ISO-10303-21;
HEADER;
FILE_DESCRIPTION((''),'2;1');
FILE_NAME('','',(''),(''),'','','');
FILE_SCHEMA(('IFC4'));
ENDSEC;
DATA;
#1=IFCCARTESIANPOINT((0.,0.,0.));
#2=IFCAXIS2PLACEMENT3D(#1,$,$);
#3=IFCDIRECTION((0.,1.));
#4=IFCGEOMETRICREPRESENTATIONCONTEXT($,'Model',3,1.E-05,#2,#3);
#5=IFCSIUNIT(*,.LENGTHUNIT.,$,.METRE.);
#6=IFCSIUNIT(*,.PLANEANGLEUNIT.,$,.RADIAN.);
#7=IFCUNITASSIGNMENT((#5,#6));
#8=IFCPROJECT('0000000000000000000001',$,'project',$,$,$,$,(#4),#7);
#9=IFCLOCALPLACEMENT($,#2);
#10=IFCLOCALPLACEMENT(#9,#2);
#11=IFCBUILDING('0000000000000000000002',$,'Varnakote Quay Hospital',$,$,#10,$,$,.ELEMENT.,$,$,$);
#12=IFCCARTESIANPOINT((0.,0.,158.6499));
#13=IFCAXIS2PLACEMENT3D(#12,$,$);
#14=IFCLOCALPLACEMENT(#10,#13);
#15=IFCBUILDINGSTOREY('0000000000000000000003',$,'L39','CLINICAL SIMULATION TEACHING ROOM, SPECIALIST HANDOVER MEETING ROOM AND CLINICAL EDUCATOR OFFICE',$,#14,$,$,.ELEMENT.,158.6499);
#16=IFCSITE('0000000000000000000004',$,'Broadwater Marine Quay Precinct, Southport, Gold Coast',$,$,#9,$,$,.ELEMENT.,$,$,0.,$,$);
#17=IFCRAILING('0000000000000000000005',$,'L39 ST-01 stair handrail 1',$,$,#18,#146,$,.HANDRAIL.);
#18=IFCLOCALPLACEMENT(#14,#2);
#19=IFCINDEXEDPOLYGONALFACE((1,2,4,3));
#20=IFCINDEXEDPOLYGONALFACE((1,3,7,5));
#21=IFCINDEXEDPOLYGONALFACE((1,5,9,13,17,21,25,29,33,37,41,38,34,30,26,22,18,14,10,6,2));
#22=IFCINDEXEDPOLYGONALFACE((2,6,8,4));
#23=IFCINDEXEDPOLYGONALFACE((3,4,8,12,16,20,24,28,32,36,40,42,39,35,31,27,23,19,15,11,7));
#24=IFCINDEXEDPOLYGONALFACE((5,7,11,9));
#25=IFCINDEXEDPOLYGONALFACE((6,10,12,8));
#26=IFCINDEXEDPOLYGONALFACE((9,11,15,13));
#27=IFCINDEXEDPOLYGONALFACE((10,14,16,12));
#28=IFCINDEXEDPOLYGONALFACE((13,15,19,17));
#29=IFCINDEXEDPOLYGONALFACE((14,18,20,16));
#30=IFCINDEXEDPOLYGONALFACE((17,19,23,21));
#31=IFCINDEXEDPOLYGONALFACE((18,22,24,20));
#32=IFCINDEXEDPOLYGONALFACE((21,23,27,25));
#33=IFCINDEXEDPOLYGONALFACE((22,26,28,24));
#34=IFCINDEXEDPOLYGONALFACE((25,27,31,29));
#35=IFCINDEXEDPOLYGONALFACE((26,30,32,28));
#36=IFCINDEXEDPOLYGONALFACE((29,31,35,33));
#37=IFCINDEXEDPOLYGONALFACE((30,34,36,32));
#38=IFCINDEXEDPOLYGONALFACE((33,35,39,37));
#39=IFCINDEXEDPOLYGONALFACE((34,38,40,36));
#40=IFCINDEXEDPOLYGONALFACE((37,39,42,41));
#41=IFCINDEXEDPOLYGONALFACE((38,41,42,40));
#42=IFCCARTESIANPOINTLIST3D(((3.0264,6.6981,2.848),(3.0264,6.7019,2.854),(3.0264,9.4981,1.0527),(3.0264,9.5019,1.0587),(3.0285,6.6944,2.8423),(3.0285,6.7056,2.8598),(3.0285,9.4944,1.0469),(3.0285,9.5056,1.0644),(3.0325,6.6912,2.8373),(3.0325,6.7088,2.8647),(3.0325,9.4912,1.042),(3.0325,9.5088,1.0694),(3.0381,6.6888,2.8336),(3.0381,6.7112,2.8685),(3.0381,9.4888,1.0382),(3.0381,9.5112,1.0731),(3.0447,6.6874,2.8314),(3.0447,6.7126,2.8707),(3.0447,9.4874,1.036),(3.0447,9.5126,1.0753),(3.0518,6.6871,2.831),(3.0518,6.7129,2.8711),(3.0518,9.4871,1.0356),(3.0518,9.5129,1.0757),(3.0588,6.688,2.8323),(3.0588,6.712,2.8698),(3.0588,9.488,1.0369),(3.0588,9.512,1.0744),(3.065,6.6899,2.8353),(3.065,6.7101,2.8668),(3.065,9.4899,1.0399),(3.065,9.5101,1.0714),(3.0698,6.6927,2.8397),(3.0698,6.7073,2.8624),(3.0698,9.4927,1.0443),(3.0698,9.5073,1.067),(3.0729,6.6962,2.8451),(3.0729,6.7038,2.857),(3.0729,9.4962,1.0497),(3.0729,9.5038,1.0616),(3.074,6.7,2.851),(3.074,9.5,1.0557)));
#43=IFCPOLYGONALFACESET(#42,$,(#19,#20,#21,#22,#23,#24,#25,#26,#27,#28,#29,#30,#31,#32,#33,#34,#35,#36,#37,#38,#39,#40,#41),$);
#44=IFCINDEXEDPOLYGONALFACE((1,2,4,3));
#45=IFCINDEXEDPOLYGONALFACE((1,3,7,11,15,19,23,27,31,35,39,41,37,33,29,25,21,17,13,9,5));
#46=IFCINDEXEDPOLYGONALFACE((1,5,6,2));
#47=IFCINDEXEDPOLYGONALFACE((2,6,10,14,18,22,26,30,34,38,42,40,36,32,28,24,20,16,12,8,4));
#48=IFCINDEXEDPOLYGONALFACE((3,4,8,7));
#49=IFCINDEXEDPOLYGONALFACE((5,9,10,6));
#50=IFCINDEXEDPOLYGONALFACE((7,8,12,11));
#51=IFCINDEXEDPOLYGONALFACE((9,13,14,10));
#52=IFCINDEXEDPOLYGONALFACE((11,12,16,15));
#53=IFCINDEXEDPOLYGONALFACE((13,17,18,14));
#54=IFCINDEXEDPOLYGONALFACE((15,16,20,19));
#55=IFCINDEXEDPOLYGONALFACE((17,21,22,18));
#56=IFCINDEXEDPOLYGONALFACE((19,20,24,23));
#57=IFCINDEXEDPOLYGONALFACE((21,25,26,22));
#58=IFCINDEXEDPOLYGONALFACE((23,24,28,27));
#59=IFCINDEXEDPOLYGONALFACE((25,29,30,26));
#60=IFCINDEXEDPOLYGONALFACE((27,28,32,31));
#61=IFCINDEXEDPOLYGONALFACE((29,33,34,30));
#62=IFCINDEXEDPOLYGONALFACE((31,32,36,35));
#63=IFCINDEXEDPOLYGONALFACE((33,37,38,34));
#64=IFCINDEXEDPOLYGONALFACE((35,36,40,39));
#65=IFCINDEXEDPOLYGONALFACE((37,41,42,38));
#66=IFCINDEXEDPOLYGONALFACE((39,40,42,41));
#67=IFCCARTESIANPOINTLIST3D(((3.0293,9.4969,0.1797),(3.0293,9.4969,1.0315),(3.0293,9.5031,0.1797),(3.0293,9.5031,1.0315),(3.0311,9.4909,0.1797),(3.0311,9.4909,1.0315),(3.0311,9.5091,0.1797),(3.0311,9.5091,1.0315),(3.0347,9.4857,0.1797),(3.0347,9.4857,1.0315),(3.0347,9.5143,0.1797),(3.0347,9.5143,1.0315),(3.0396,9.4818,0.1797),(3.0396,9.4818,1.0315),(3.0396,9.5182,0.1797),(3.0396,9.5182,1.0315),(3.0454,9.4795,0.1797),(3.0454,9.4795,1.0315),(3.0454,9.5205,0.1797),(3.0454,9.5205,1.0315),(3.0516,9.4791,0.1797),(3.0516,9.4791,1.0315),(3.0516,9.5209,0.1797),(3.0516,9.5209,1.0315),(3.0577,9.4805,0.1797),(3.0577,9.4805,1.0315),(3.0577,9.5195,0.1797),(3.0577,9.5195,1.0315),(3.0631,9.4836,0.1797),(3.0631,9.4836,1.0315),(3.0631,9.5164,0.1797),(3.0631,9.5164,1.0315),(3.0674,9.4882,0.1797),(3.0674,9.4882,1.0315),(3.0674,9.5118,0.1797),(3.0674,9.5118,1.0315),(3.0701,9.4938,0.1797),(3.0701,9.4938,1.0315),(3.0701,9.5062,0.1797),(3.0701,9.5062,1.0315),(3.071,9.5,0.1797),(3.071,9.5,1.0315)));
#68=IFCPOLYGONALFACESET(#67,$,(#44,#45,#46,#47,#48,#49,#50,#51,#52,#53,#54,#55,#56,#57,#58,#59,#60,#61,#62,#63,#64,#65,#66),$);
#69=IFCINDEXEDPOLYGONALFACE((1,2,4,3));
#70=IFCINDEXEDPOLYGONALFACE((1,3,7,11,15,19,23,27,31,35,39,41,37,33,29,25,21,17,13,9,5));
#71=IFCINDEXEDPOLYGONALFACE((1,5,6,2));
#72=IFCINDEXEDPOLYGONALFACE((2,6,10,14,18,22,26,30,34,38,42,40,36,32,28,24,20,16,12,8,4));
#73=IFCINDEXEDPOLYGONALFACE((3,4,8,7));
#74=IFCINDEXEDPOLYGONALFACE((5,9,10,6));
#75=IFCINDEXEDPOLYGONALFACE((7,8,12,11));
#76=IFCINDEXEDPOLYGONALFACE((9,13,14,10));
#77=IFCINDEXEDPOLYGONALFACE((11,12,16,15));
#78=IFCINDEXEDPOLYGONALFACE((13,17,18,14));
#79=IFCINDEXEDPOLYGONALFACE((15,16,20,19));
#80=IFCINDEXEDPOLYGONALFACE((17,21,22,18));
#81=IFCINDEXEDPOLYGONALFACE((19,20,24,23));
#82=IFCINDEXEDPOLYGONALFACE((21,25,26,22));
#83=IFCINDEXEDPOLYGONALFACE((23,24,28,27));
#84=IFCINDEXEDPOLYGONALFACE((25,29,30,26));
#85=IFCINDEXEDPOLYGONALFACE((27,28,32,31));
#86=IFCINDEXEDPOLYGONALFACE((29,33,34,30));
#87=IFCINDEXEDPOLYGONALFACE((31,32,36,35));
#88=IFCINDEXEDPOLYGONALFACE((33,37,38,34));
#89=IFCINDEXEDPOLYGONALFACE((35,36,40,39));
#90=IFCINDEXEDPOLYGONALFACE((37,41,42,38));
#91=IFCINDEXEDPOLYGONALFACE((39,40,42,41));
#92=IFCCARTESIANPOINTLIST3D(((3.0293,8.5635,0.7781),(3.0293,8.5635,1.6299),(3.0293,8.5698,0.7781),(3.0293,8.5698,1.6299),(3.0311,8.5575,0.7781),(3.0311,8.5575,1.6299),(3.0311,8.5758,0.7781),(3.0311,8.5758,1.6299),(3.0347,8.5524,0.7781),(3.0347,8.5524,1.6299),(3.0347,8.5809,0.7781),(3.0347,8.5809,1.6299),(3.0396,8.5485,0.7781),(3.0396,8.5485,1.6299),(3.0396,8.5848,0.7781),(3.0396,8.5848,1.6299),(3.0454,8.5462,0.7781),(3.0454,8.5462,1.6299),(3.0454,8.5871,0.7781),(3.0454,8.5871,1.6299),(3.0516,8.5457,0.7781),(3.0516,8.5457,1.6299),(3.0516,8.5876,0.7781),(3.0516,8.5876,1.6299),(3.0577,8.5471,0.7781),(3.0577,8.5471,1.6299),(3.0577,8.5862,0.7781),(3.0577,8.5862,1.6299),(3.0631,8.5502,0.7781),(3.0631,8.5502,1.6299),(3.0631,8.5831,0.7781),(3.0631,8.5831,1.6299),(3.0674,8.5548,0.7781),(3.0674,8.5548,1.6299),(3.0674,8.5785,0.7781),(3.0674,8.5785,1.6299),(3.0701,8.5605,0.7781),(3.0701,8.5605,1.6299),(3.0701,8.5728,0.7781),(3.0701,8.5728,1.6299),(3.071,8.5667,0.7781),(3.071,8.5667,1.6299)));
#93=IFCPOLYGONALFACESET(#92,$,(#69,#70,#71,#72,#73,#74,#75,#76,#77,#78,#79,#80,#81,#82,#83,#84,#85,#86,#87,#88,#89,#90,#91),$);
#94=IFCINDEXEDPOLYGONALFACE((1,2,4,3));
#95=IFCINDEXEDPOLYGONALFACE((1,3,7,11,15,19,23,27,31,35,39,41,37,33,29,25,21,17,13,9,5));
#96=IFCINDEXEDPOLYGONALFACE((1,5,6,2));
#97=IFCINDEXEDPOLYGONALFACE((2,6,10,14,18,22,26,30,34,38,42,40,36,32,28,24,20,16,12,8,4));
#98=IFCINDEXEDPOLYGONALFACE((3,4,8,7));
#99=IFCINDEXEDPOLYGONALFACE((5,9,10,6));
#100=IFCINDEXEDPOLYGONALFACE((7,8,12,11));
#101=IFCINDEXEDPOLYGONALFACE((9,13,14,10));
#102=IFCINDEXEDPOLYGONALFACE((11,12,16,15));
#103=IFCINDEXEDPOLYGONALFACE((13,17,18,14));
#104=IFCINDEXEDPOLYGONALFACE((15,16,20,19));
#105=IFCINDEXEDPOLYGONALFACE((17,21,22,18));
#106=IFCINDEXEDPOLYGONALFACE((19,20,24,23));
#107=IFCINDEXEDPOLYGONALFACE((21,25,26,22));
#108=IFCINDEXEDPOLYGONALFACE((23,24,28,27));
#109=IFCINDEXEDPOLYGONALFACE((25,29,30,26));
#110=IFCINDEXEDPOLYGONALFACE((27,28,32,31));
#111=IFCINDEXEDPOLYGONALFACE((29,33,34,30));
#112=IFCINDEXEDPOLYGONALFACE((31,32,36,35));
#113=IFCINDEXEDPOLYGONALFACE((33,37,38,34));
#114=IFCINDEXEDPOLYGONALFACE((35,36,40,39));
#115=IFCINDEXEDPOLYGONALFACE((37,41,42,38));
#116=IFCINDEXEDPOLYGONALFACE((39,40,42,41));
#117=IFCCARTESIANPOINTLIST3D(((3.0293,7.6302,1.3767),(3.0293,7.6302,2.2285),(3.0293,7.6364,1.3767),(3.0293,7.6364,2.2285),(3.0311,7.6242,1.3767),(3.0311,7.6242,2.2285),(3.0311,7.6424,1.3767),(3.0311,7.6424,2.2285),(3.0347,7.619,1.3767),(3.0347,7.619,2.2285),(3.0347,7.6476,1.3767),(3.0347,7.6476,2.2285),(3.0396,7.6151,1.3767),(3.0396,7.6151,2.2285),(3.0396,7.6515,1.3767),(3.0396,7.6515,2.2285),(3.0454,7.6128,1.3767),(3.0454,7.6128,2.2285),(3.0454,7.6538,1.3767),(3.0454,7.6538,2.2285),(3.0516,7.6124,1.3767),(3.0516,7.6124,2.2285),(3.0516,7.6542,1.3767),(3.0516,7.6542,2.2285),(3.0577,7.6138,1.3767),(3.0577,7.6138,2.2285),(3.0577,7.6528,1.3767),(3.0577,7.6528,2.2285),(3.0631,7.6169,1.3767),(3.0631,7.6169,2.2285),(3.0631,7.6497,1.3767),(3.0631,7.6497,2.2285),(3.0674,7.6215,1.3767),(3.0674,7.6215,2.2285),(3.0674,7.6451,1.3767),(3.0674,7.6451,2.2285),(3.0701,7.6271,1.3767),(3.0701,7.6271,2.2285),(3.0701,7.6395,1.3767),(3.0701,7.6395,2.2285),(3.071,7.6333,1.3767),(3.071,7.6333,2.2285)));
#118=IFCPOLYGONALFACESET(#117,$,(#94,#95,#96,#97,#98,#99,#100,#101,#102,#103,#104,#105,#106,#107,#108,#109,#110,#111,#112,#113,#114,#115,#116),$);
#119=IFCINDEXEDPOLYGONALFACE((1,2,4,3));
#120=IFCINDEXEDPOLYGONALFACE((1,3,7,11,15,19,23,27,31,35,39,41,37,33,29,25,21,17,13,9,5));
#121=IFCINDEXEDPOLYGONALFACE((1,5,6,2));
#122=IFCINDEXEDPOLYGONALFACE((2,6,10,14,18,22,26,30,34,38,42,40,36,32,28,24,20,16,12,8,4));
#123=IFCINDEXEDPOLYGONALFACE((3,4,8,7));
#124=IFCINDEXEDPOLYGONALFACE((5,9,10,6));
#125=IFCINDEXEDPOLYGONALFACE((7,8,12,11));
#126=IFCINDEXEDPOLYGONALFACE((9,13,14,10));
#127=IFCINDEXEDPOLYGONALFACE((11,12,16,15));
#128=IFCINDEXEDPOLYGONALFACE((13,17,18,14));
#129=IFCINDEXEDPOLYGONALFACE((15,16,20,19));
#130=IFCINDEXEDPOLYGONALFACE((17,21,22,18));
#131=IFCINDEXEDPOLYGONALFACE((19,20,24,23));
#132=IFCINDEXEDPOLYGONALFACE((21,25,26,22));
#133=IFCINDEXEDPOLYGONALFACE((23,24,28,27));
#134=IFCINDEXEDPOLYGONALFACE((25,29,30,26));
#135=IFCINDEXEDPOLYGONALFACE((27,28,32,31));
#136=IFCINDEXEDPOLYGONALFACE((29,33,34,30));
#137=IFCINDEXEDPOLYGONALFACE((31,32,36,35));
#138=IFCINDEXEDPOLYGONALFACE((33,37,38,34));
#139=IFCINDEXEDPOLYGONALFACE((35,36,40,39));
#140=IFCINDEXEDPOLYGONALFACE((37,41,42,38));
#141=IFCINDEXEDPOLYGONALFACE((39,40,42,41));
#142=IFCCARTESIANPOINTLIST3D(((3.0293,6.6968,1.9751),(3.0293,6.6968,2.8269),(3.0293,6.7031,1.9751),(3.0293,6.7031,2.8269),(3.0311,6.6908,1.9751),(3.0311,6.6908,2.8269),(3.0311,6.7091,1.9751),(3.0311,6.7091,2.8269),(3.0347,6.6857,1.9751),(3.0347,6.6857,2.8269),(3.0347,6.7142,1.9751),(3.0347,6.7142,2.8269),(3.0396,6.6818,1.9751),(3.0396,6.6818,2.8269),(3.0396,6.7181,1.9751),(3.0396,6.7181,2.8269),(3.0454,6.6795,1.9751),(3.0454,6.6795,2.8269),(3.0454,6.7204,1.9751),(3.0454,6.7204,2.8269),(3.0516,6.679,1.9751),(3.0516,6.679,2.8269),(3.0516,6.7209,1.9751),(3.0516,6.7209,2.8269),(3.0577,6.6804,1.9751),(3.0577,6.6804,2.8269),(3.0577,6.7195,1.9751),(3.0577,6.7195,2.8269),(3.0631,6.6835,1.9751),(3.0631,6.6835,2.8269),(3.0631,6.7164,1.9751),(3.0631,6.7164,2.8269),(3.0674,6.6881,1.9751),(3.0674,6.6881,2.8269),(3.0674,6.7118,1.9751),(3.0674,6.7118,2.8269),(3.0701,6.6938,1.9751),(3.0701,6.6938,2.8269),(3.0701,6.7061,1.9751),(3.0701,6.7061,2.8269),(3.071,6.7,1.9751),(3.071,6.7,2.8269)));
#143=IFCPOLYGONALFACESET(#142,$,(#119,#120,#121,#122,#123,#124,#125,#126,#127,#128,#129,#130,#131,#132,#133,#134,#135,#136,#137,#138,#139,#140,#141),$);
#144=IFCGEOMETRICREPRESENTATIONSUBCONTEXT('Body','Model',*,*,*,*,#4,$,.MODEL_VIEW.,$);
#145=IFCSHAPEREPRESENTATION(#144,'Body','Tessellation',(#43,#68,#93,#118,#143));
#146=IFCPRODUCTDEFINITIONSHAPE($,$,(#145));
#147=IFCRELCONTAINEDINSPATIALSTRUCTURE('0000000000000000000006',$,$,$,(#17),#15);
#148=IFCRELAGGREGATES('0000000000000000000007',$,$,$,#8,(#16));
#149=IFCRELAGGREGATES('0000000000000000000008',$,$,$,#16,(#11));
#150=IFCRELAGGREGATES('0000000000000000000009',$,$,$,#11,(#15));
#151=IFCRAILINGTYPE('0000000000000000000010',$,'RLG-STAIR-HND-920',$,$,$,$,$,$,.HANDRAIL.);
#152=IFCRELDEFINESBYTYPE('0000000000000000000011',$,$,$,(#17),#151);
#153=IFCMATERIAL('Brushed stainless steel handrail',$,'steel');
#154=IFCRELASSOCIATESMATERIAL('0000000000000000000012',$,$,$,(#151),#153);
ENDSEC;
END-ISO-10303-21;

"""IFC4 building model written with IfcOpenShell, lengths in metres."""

from ifc_helpers import new_model, si_unit, direction, frame, origin, origin_2d, place, context, subcontext, project, spatial, circle, extrude, material, type_object, element, save


model = new_model("IFC4")

# Units and contexts
model_context = context("Model", 3, precision=1e-05, world=origin(), true_north=direction((0.0, 1.0)))
body_context = subcontext(model_context, "Body", "Model", "MODEL_VIEW")
ifc_project = project(units=[si_unit("LENGTHUNIT", "METRE"), si_unit("PLANEANGLEUNIT", "RADIAN")], contexts=[model_context])

# Site, building, storey
site_placement = place(None, origin())
site = spatial("IfcSite", under=ifc_project, at=site_placement, Name="Broadwater Marine Quay Precinct, Southport, Gold Coast", CompositionType="ELEMENT", RefElevation=0.0)
building_placement = place(site_placement, origin())
building = spatial("IfcBuilding", under=site, at=building_placement, Name="Varnakote Quay Hospital", CompositionType="ELEMENT")
storey_placement = place(building_placement, frame((0.0, 0.0, 158.6499)))
storey = spatial("IfcBuildingStorey", under=building, at=storey_placement, Name="L39", Description="CLINICAL SIMULATION TEACHING ROOM, SPECIALIST HANDOVER MEETING ROOM AND CLINICAL EDUCATOR OFFICE", CompositionType="ELEMENT", Elevation=158.6499)

# Railing
ifc_material_1 = material(Name="Brushed stainless steel handrail", Category="steel")
railing_type_1 = type_object("IfcRailingType", Name="RLG-STAIR-HND-920", PredefinedType="HANDRAIL", material=ifc_material_1)
railing_1_placement = place(storey_placement, frame((3.05, 9.5, 0.1797)))
element("IfcRailing", 1, at=railing_1_placement, inside=storey, type_object=railing_type_1, Name="L39 ST-01 stair handrail 1", PredefinedType="HANDRAIL", context=body_context, shape_type="SweptSolid", body=[
    extrude(circle(Radius=0.0239, at=origin_2d()), frame((0.0, 0.0, 0.876), z_axis=(0.0, -0.84181, 0.539774), x_axis=(1.0, 0.0, 0.0)), (0.0, 0.0, 1.0), 3.3262),
    extrude(circle(Radius=0.021, at=origin_2d()), origin(), (0.0, 0.0, 1.0), 0.8518),
    extrude(circle(Radius=0.021, at=origin_2d()), frame((0.0, -0.9333, 0.5984)), (0.0, 0.0, 1.0), 0.8518),
    extrude(circle(Radius=0.021, at=origin_2d()), frame((0.0, -1.8667, 1.197)), (0.0, 0.0, 1.0), 0.8518),
    extrude(circle(Radius=0.021, at=origin_2d()), frame((0.0, -2.8, 1.7954)), (0.0, 0.0, 1.0), 0.8518),
])

save(model, "model.ifc")
